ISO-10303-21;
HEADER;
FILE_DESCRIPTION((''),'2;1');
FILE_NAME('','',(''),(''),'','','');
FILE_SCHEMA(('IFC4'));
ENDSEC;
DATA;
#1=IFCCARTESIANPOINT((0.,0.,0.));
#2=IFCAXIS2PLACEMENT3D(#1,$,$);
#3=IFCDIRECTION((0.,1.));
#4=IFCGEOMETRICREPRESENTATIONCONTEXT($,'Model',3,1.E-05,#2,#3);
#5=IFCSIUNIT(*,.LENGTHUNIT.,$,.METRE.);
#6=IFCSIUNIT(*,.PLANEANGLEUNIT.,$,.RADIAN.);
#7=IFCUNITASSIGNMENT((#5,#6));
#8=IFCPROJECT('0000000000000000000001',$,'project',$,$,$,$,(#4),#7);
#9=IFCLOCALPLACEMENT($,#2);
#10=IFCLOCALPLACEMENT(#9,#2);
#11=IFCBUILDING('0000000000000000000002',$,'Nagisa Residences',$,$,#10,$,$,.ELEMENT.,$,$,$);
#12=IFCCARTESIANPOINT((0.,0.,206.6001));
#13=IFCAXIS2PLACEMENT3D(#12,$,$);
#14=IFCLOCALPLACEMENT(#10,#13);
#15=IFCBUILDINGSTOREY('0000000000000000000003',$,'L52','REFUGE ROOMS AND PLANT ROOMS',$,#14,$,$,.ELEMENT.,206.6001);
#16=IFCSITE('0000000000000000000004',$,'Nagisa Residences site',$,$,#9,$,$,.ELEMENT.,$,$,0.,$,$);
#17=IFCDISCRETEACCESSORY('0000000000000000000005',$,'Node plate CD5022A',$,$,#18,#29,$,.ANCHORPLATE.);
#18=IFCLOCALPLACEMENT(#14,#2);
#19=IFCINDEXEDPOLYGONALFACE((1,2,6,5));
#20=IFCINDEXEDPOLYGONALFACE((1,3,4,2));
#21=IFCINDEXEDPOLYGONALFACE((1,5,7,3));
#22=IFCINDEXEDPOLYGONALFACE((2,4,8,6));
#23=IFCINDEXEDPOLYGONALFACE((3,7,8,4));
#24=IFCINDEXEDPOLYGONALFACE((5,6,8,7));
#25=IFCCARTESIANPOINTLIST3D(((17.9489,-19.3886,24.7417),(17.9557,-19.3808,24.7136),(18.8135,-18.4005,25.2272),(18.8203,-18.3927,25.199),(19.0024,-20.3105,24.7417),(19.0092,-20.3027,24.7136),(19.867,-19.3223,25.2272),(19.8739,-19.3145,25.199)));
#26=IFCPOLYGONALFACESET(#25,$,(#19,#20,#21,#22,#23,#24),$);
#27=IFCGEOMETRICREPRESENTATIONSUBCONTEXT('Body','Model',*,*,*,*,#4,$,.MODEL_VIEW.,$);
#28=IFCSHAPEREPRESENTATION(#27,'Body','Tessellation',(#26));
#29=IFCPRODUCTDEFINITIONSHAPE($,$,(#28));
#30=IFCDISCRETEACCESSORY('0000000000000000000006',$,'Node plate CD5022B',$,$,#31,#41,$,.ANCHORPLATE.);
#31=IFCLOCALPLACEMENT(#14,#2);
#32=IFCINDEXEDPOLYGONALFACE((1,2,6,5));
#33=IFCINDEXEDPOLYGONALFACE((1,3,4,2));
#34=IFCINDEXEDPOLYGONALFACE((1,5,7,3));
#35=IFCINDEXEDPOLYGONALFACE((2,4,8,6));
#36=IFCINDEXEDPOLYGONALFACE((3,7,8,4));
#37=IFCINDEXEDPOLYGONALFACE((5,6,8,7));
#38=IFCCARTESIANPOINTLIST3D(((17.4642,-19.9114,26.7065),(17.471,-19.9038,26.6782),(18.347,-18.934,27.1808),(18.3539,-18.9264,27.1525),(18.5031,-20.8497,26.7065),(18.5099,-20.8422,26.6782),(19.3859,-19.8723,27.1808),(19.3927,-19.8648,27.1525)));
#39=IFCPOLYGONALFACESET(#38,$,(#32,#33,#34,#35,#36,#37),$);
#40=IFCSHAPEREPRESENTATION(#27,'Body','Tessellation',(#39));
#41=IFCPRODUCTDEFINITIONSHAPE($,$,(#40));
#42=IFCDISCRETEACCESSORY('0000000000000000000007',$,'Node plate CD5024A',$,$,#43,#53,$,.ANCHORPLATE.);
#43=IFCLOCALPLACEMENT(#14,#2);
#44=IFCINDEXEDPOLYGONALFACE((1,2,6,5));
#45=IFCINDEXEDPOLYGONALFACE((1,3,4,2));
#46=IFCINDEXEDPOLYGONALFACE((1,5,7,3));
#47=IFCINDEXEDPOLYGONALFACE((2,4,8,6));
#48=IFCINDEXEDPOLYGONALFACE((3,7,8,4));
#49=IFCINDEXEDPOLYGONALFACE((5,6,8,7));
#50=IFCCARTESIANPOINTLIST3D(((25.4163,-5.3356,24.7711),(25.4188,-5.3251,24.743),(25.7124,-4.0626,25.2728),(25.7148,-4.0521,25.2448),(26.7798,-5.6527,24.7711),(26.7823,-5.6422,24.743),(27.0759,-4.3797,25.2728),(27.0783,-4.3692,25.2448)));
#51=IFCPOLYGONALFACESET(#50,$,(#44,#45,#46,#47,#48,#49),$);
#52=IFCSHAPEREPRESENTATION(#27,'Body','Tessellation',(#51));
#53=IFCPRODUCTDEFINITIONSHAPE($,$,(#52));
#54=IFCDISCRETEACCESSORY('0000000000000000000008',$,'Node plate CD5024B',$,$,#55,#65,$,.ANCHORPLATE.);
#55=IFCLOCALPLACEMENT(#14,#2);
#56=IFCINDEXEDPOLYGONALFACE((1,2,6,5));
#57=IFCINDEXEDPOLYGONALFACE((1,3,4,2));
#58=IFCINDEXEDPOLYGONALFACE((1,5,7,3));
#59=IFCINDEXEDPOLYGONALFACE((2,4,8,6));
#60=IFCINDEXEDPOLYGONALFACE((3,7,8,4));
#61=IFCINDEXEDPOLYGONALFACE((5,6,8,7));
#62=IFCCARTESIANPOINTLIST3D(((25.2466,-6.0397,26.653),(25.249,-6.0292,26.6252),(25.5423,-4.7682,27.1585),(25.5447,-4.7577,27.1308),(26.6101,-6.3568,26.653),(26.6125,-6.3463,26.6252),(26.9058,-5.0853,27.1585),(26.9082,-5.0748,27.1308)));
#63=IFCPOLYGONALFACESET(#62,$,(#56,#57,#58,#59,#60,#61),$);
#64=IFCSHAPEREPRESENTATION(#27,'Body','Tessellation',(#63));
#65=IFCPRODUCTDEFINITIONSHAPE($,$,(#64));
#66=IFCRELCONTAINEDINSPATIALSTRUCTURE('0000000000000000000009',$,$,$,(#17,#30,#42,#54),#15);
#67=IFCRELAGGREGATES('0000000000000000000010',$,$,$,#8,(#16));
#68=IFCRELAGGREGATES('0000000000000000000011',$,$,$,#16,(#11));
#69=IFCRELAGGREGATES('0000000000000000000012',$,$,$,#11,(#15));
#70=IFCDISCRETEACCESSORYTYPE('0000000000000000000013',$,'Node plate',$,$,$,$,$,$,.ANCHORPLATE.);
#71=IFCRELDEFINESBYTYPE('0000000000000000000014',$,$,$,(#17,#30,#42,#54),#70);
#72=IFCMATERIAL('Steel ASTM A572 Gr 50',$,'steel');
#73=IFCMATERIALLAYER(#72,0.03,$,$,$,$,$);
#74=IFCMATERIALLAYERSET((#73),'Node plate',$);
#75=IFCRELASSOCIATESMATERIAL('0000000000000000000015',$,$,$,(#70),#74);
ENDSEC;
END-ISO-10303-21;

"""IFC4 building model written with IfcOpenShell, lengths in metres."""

from ifc_helpers import new_model, si_unit, direction, frame, origin, origin_2d, place, context, subcontext, project, spatial, rectangle, extrude, material, layer, layer_set, type_object, element, save


model = new_model("IFC4")

# Units and contexts
model_context = context("Model", 3, precision=1e-05, world=origin(), true_north=direction((0.0, 1.0)))
body_context = subcontext(model_context, "Body", "Model", "MODEL_VIEW")
ifc_project = project(units=[si_unit("LENGTHUNIT", "METRE"), si_unit("PLANEANGLEUNIT", "RADIAN")], contexts=[model_context])

# Site, building, storey
site_placement = place(None, origin())
site = spatial("IfcSite", under=ifc_project, at=site_placement, Name="Nagisa Residences site", CompositionType="ELEMENT", RefElevation=0.0)
building_placement = place(site_placement, origin())
building = spatial("IfcBuilding", under=site, at=building_placement, Name="Nagisa Residences", CompositionType="ELEMENT")
storey_placement = place(building_placement, frame((0.0, 0.0, 206.6001)))
storey = spatial("IfcBuildingStorey", under=building, at=storey_placement, Name="L52", Description="REFUGE ROOMS AND PLANT ROOMS", CompositionType="ELEMENT", Elevation=206.6001)

# Discrete accessories
ifc_material_1 = material(Name="Steel ASTM A572 Gr 50", Category="steel")
ifc_layer = layer(ifc_material_1, 0.03)
ifc_layer_set = layer_set([ifc_layer], Name="Node plate")
discrete_accessory_type = type_object("IfcDiscreteAccessoryType", Name="Node plate", PredefinedType="ANCHORPLATE", material=ifc_layer_set)
for number, where, z_axis, x_axis, name in (
    (1, (18.9148, -19.3477, 24.9563), (-0.228368, -0.260992, 0.93794), (0.752577, -0.658505, 0.0), "Node plate CD5022A"),
    (2, (18.425, -19.8918, 26.9436), (0.227103, 0.251435, -0.940853), (-0.742103, 0.670286, 0.0), "Node plate CD5022B"),
    (3, (26.2485, -4.8472, 24.9939), (-0.08118, -0.349075, 0.933572), (0.974008, -0.226513, 0.0), "Node plate CD5024A"),
):
    element("IfcDiscreteAccessory", number, at=place(storey_placement, frame(where, z_axis=z_axis, x_axis=x_axis)), inside=storey, type_object=discrete_accessory_type, Name=name, PredefinedType="ANCHORPLATE", context=body_context, shape_type="SweptSolid", body=[
        extrude(rectangle(XDim=1.3999, YDim=1.3999, at=origin_2d()), origin(), (0.0, 0.0, 1.0), 0.03),
    ])
discrete_accessory_1_placement = place(storey_placement, frame((26.0762, -5.5625, 26.9058), z_axis=(0.0818, 0.351739, -0.932517), x_axis=(-0.974008, 0.226513, 0.0)))
element("IfcDiscreteAccessory", 4, at=discrete_accessory_1_placement, inside=storey, type_object=discrete_accessory_type, Name="Node plate CD5024B", PredefinedType="ANCHORPLATE", context=body_context, shape_type="SweptSolid", body=[
    extrude(rectangle(XDim=1.3999, YDim=1.3999, at=origin_2d()), origin(), (0.0, 0.0, 1.0), 0.0298),
])

save(model, "model.ifc")
